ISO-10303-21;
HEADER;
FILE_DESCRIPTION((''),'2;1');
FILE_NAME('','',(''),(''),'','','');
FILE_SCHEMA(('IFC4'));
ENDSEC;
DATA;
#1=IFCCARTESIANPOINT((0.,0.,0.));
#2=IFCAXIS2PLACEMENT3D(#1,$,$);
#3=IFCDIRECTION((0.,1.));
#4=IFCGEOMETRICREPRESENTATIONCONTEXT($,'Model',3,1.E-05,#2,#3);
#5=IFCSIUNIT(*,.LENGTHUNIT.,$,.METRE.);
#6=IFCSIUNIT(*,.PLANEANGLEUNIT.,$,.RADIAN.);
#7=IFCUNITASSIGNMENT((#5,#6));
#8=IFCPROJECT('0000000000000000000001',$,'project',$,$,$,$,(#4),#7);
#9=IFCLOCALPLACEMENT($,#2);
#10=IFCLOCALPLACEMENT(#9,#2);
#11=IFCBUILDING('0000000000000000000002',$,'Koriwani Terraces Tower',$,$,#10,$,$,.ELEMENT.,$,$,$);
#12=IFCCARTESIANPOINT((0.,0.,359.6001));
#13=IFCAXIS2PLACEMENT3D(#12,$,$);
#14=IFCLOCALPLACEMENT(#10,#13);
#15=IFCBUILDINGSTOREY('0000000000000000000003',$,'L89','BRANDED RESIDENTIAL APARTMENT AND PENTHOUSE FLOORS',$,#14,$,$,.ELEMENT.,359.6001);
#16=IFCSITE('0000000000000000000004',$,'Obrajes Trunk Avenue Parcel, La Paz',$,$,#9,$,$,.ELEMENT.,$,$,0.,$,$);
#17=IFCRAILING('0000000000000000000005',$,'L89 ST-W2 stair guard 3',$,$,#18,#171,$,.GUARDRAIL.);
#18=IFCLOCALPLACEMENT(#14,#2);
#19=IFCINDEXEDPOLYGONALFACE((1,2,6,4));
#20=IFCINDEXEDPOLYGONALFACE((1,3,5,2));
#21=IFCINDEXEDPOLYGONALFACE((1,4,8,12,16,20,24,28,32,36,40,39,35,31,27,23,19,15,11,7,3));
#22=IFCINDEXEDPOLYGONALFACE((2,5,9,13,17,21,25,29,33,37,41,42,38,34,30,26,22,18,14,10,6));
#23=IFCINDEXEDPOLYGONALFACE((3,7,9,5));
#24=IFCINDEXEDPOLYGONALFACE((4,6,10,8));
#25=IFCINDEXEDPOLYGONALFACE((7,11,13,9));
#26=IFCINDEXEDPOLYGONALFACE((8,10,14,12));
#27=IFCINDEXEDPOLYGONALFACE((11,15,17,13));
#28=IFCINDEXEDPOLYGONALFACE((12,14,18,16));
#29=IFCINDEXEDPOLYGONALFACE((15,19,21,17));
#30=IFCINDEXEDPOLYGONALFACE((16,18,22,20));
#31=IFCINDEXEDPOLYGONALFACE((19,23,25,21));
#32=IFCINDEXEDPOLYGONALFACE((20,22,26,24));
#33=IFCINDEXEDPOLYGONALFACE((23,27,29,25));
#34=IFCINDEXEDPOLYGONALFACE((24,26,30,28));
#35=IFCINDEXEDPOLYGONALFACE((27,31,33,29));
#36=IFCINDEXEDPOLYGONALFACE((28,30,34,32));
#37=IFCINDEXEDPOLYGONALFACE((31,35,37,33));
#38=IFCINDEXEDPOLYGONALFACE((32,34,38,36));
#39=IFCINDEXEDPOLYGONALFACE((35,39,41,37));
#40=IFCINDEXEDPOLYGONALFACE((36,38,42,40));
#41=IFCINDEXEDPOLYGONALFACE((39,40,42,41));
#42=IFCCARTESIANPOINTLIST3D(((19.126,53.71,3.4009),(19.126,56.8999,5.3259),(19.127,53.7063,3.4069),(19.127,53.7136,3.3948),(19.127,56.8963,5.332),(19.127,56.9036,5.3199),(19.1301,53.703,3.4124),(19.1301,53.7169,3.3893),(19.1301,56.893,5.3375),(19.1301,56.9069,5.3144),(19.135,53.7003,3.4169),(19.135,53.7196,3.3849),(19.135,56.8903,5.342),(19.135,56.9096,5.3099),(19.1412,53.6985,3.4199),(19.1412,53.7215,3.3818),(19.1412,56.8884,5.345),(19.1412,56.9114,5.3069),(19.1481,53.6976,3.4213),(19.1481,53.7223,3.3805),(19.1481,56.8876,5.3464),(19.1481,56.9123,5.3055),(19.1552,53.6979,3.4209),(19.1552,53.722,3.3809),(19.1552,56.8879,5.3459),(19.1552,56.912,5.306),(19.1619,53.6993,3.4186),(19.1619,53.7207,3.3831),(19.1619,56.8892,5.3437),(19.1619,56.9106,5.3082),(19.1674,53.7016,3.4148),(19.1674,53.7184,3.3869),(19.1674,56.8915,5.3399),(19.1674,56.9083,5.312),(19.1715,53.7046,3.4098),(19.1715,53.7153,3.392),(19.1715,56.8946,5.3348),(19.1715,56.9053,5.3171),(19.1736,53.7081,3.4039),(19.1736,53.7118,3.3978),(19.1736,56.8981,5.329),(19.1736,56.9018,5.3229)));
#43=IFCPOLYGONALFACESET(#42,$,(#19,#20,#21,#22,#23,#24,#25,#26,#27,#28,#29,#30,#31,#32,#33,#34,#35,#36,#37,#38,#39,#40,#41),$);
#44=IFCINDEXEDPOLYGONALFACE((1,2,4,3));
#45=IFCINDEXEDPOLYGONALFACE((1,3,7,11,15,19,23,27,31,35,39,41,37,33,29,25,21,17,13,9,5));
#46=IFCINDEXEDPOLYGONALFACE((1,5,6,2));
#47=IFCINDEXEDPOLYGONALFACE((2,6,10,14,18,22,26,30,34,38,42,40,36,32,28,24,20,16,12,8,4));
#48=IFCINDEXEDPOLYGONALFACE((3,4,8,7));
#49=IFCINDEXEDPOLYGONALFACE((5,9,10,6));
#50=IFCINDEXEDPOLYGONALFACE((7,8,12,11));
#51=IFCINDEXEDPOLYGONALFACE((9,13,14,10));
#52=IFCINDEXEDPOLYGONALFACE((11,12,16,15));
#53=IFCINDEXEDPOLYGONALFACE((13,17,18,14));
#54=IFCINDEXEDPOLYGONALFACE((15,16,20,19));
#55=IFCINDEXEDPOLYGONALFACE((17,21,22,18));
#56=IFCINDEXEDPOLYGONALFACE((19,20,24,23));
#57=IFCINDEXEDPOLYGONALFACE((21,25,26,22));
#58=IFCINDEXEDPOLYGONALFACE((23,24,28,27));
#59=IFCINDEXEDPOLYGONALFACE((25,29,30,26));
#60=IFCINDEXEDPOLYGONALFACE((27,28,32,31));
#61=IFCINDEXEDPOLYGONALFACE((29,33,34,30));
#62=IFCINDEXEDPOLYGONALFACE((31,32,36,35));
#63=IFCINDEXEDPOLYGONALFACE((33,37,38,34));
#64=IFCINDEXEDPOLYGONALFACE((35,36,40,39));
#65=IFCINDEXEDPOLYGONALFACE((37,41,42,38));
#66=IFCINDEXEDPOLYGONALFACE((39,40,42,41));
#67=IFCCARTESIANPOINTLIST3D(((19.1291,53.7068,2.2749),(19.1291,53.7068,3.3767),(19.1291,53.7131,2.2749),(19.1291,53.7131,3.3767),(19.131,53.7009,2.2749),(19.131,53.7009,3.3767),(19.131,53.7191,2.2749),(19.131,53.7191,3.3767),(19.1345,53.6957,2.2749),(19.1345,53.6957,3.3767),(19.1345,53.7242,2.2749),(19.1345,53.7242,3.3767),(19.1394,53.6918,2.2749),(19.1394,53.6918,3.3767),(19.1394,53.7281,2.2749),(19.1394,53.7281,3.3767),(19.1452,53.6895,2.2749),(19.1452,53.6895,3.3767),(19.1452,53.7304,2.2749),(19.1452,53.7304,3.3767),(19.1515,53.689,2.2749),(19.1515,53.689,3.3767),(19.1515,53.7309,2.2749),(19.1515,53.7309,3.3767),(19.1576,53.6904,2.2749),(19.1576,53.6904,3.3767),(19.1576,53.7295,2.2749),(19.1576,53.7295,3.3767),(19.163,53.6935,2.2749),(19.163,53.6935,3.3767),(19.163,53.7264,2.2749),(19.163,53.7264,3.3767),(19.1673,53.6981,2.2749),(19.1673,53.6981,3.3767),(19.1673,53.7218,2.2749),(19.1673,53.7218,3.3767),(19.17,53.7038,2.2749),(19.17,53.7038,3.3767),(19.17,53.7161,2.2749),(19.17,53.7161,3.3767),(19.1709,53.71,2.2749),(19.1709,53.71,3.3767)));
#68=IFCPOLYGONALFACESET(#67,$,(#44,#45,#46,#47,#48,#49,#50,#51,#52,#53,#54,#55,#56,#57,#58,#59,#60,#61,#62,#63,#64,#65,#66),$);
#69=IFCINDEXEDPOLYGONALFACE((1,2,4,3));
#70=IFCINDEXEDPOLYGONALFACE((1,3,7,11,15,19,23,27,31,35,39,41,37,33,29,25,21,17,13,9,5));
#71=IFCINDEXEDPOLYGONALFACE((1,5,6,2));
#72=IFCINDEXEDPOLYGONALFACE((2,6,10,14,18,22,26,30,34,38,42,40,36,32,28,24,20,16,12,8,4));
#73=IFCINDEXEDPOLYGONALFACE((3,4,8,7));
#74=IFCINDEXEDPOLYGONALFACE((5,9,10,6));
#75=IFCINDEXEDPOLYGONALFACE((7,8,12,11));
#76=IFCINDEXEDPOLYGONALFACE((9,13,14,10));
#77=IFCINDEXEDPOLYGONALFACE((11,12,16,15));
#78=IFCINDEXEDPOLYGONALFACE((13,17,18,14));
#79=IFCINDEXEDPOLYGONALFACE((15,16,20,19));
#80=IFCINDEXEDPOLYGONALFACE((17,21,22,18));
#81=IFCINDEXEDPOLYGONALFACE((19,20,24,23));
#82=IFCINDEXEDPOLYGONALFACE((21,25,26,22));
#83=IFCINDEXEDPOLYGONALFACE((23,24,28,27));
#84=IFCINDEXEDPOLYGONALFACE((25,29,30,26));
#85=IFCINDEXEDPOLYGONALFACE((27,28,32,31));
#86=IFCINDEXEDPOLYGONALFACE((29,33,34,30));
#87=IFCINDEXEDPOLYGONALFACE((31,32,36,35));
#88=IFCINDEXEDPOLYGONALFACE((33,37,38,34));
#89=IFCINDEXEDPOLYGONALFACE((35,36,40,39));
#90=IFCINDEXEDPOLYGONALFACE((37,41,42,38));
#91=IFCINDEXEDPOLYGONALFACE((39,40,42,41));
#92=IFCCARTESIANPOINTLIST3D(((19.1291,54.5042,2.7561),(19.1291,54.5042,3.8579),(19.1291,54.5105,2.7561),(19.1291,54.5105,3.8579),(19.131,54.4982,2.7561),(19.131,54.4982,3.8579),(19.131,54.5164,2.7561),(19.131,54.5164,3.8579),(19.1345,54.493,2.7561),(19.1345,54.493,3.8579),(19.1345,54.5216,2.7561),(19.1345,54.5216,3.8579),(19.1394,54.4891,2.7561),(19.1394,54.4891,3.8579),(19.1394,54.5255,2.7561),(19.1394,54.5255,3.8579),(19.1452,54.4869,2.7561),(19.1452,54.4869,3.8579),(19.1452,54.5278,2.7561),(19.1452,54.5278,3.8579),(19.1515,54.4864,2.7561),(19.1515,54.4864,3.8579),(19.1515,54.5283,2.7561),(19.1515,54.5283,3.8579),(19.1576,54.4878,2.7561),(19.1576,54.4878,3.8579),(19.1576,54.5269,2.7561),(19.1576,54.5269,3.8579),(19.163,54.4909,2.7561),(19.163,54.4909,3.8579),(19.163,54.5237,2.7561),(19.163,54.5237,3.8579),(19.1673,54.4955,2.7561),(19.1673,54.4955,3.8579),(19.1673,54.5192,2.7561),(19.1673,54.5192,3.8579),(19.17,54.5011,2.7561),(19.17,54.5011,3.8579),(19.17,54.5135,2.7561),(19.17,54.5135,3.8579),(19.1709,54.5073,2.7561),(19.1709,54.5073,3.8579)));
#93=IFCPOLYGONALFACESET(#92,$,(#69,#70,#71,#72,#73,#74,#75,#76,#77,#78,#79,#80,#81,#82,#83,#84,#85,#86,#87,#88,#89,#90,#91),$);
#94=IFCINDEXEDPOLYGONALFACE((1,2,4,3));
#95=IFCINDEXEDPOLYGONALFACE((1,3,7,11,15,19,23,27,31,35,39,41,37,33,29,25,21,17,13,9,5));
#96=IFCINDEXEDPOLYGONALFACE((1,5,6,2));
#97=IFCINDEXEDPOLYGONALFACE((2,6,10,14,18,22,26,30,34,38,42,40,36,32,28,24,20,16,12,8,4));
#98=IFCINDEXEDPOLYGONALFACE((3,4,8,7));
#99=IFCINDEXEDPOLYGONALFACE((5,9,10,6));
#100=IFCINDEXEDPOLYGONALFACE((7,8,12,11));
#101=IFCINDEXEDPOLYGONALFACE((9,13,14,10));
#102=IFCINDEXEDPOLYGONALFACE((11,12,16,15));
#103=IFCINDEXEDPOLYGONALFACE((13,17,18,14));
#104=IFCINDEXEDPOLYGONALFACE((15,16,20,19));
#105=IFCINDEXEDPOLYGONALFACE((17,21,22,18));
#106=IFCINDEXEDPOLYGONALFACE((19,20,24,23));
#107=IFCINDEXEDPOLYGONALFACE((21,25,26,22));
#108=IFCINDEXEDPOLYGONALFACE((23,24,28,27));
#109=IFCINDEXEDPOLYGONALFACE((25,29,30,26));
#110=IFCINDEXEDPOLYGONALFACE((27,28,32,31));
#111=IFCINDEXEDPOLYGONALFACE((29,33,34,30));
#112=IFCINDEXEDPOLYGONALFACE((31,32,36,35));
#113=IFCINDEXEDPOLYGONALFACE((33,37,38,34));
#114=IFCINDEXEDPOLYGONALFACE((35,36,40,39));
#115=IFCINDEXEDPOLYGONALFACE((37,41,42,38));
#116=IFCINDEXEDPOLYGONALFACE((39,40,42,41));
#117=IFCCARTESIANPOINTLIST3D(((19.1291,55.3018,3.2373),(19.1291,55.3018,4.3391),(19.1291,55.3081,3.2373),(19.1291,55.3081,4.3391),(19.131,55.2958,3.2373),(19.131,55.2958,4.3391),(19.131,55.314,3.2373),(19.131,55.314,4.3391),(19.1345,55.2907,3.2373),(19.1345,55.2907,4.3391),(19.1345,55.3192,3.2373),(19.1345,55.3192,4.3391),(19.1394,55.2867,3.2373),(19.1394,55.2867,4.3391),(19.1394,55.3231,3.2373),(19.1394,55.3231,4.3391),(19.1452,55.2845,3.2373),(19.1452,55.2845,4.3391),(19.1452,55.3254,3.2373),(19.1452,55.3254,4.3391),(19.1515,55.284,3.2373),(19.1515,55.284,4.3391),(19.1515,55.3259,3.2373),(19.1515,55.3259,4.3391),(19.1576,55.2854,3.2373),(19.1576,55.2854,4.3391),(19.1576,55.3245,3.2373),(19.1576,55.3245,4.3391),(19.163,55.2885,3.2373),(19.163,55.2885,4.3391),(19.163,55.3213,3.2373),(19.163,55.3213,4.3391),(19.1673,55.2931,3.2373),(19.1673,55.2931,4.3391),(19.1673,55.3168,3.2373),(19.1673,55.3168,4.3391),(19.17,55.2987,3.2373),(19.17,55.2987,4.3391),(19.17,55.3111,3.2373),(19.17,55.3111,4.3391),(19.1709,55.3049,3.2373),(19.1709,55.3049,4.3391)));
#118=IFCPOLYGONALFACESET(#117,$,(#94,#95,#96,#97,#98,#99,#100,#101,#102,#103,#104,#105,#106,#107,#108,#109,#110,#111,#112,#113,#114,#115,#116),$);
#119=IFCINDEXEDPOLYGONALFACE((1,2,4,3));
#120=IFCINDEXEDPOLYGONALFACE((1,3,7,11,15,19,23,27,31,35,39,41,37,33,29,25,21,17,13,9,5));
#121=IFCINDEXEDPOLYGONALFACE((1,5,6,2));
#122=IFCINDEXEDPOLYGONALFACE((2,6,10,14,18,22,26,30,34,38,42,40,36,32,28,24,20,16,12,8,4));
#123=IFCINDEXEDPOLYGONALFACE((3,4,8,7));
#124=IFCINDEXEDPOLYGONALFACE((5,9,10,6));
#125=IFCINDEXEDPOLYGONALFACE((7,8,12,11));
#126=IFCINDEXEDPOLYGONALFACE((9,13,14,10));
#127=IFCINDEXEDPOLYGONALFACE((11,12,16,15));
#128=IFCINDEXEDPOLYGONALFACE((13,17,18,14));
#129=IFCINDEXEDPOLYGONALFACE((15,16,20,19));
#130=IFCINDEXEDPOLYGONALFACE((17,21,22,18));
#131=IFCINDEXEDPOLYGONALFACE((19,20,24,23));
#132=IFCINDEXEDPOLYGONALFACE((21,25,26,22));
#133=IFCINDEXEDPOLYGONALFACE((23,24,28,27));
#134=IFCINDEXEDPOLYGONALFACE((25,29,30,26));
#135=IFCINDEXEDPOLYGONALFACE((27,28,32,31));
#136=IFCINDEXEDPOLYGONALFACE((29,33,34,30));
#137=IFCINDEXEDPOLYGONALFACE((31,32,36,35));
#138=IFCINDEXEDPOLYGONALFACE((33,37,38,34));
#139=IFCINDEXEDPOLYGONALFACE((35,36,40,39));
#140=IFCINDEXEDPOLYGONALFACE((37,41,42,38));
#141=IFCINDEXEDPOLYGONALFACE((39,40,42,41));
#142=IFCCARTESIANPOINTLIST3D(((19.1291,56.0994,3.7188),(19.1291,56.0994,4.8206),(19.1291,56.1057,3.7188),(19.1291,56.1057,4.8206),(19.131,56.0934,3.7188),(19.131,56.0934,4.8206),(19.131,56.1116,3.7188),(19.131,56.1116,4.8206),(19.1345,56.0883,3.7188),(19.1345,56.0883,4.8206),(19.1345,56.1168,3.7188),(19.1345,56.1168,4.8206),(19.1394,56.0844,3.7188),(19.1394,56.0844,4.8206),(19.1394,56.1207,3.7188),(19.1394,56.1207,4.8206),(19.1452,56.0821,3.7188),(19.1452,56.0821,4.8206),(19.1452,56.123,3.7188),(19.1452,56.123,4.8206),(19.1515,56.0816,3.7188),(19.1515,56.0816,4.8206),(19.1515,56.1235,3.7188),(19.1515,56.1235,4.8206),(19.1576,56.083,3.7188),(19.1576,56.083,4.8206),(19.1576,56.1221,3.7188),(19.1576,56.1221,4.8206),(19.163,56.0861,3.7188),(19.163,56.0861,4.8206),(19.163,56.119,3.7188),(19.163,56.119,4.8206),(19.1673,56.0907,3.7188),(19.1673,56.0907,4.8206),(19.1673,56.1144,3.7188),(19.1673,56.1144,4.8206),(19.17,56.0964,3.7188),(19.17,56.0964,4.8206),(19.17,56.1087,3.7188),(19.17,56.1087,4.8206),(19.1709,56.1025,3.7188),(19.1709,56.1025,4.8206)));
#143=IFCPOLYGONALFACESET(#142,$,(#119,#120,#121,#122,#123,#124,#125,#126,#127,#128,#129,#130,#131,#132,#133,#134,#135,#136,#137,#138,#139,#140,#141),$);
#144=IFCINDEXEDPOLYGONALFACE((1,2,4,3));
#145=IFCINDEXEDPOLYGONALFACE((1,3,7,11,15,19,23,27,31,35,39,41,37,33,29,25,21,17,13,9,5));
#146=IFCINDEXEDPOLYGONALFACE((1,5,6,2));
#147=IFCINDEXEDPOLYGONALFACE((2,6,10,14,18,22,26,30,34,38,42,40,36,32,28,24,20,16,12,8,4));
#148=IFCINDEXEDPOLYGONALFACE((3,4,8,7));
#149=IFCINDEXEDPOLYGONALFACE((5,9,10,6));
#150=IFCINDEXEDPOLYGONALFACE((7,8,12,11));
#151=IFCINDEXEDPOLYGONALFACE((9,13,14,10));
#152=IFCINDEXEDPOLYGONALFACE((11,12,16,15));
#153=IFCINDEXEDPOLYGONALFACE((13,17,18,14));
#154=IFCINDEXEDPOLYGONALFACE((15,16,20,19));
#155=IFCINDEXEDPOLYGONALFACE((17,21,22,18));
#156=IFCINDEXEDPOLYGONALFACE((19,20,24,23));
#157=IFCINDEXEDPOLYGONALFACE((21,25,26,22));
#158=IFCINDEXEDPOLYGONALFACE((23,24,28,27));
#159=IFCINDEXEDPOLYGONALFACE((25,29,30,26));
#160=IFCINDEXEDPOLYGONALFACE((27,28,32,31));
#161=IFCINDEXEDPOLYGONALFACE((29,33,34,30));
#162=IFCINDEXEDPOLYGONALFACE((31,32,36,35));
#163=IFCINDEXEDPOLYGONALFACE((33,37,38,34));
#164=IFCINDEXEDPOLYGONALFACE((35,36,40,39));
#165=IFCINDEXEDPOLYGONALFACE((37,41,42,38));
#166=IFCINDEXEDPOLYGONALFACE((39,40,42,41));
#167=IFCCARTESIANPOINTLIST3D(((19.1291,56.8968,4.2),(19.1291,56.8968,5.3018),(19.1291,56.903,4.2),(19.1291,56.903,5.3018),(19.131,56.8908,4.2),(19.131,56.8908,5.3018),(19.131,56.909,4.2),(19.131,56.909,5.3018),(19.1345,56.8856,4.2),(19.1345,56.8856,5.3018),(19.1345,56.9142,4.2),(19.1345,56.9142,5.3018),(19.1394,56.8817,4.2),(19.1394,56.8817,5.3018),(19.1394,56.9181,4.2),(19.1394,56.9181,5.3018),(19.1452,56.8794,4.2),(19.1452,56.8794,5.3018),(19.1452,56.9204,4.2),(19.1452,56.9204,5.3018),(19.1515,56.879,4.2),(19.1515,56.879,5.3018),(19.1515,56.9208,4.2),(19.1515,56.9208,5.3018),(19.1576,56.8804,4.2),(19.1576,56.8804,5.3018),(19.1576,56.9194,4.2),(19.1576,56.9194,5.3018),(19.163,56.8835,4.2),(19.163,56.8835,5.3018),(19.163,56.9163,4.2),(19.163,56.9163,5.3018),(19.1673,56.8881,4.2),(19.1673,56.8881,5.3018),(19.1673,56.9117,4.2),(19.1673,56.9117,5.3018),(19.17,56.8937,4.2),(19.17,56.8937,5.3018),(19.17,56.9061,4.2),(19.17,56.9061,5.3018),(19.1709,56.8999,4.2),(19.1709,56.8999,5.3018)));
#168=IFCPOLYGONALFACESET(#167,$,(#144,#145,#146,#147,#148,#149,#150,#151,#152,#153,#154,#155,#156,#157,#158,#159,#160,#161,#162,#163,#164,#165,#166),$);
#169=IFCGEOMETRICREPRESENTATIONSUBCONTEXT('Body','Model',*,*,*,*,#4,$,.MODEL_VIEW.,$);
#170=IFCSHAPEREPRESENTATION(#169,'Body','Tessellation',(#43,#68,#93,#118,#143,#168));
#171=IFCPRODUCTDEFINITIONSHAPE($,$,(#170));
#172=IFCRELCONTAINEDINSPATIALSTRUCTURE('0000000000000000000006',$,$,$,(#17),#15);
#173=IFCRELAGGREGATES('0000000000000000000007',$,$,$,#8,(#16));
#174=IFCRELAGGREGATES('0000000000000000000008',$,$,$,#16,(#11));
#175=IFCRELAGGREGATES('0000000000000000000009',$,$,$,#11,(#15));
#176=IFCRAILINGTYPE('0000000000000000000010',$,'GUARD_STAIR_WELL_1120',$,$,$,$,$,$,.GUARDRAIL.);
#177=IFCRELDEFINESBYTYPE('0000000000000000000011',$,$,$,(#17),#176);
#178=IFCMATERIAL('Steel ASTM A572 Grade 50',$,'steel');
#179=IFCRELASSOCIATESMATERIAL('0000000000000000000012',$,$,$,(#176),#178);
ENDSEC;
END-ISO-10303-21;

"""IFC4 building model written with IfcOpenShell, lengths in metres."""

from ifc_helpers import new_model, si_unit, direction, frame, origin, origin_2d, place, context, subcontext, project, spatial, circle, extrude, material, type_object, element, save


model = new_model("IFC4")

# Units and contexts
model_context = context("Model", 3, precision=1e-05, world=origin(), true_north=direction((0.0, 1.0)))
body_context = subcontext(model_context, "Body", "Model", "MODEL_VIEW")
ifc_project = project(units=[si_unit("LENGTHUNIT", "METRE"), si_unit("PLANEANGLEUNIT", "RADIAN")], contexts=[model_context])

# Site, building, storey
site_placement = place(None, origin())
site = spatial("IfcSite", under=ifc_project, at=site_placement, Name="Obrajes Trunk Avenue Parcel, La Paz", CompositionType="ELEMENT", RefElevation=0.0)
building_placement = place(site_placement, origin())
building = spatial("IfcBuilding", under=site, at=building_placement, Name="Koriwani Terraces Tower", CompositionType="ELEMENT")
storey_placement = place(building_placement, frame((0.0, 0.0, 359.6001)))
storey = spatial("IfcBuildingStorey", under=building, at=storey_placement, Name="L89", Description="BRANDED RESIDENTIAL APARTMENT AND PENTHOUSE FLOORS", CompositionType="ELEMENT", Elevation=359.6001)

# Shared definitions
ifc_material_1 = material(Name="Steel ASTM A572 Grade 50", Category="steel")

# Railing
railing_type_1 = type_object("IfcRailingType", Name="GUARD_STAIR_WELL_1120", PredefinedType="GUARDRAIL", material=ifc_material_1)
railing_1_placement = place(storey_placement, frame((19.1499, 53.71, 2.2749)))
element("IfcRailing", 1, at=railing_1_placement, inside=storey, type_object=railing_type_1, Name="L89 ST-W2 stair guard 3", PredefinedType="GUARDRAIL", context=body_context, shape_type="SweptSolid", body=[
    extrude(circle(Radius=0.0239, at=origin_2d()), frame((0.0, 0.0, 1.126), z_axis=(0.0, 0.856178, 0.516682), x_axis=(-1.0, 0.0, 0.0)), (0.0, 0.0, 1.0), 3.7258),
    extrude(circle(Radius=0.021, at=origin_2d()), origin(), (0.0, 0.0, 1.0), 1.1018),
    extrude(circle(Radius=0.021, at=origin_2d()), frame((0.0, 0.7974, 0.4812)), (0.0, 0.0, 1.0), 1.1018),
    extrude(circle(Radius=0.021, at=origin_2d()), frame((0.0, 1.595, 0.9624)), (0.0, 0.0, 1.0), 1.1018),
    extrude(circle(Radius=0.021, at=origin_2d()), frame((0.0, 2.3926, 1.4438)), (0.0, 0.0, 1.0), 1.1018),
    extrude(circle(Radius=0.021, at=origin_2d()), frame((0.0, 3.1899, 1.925)), (0.0, 0.0, 1.0), 1.1018),
])

save(model, "model.ifc")
